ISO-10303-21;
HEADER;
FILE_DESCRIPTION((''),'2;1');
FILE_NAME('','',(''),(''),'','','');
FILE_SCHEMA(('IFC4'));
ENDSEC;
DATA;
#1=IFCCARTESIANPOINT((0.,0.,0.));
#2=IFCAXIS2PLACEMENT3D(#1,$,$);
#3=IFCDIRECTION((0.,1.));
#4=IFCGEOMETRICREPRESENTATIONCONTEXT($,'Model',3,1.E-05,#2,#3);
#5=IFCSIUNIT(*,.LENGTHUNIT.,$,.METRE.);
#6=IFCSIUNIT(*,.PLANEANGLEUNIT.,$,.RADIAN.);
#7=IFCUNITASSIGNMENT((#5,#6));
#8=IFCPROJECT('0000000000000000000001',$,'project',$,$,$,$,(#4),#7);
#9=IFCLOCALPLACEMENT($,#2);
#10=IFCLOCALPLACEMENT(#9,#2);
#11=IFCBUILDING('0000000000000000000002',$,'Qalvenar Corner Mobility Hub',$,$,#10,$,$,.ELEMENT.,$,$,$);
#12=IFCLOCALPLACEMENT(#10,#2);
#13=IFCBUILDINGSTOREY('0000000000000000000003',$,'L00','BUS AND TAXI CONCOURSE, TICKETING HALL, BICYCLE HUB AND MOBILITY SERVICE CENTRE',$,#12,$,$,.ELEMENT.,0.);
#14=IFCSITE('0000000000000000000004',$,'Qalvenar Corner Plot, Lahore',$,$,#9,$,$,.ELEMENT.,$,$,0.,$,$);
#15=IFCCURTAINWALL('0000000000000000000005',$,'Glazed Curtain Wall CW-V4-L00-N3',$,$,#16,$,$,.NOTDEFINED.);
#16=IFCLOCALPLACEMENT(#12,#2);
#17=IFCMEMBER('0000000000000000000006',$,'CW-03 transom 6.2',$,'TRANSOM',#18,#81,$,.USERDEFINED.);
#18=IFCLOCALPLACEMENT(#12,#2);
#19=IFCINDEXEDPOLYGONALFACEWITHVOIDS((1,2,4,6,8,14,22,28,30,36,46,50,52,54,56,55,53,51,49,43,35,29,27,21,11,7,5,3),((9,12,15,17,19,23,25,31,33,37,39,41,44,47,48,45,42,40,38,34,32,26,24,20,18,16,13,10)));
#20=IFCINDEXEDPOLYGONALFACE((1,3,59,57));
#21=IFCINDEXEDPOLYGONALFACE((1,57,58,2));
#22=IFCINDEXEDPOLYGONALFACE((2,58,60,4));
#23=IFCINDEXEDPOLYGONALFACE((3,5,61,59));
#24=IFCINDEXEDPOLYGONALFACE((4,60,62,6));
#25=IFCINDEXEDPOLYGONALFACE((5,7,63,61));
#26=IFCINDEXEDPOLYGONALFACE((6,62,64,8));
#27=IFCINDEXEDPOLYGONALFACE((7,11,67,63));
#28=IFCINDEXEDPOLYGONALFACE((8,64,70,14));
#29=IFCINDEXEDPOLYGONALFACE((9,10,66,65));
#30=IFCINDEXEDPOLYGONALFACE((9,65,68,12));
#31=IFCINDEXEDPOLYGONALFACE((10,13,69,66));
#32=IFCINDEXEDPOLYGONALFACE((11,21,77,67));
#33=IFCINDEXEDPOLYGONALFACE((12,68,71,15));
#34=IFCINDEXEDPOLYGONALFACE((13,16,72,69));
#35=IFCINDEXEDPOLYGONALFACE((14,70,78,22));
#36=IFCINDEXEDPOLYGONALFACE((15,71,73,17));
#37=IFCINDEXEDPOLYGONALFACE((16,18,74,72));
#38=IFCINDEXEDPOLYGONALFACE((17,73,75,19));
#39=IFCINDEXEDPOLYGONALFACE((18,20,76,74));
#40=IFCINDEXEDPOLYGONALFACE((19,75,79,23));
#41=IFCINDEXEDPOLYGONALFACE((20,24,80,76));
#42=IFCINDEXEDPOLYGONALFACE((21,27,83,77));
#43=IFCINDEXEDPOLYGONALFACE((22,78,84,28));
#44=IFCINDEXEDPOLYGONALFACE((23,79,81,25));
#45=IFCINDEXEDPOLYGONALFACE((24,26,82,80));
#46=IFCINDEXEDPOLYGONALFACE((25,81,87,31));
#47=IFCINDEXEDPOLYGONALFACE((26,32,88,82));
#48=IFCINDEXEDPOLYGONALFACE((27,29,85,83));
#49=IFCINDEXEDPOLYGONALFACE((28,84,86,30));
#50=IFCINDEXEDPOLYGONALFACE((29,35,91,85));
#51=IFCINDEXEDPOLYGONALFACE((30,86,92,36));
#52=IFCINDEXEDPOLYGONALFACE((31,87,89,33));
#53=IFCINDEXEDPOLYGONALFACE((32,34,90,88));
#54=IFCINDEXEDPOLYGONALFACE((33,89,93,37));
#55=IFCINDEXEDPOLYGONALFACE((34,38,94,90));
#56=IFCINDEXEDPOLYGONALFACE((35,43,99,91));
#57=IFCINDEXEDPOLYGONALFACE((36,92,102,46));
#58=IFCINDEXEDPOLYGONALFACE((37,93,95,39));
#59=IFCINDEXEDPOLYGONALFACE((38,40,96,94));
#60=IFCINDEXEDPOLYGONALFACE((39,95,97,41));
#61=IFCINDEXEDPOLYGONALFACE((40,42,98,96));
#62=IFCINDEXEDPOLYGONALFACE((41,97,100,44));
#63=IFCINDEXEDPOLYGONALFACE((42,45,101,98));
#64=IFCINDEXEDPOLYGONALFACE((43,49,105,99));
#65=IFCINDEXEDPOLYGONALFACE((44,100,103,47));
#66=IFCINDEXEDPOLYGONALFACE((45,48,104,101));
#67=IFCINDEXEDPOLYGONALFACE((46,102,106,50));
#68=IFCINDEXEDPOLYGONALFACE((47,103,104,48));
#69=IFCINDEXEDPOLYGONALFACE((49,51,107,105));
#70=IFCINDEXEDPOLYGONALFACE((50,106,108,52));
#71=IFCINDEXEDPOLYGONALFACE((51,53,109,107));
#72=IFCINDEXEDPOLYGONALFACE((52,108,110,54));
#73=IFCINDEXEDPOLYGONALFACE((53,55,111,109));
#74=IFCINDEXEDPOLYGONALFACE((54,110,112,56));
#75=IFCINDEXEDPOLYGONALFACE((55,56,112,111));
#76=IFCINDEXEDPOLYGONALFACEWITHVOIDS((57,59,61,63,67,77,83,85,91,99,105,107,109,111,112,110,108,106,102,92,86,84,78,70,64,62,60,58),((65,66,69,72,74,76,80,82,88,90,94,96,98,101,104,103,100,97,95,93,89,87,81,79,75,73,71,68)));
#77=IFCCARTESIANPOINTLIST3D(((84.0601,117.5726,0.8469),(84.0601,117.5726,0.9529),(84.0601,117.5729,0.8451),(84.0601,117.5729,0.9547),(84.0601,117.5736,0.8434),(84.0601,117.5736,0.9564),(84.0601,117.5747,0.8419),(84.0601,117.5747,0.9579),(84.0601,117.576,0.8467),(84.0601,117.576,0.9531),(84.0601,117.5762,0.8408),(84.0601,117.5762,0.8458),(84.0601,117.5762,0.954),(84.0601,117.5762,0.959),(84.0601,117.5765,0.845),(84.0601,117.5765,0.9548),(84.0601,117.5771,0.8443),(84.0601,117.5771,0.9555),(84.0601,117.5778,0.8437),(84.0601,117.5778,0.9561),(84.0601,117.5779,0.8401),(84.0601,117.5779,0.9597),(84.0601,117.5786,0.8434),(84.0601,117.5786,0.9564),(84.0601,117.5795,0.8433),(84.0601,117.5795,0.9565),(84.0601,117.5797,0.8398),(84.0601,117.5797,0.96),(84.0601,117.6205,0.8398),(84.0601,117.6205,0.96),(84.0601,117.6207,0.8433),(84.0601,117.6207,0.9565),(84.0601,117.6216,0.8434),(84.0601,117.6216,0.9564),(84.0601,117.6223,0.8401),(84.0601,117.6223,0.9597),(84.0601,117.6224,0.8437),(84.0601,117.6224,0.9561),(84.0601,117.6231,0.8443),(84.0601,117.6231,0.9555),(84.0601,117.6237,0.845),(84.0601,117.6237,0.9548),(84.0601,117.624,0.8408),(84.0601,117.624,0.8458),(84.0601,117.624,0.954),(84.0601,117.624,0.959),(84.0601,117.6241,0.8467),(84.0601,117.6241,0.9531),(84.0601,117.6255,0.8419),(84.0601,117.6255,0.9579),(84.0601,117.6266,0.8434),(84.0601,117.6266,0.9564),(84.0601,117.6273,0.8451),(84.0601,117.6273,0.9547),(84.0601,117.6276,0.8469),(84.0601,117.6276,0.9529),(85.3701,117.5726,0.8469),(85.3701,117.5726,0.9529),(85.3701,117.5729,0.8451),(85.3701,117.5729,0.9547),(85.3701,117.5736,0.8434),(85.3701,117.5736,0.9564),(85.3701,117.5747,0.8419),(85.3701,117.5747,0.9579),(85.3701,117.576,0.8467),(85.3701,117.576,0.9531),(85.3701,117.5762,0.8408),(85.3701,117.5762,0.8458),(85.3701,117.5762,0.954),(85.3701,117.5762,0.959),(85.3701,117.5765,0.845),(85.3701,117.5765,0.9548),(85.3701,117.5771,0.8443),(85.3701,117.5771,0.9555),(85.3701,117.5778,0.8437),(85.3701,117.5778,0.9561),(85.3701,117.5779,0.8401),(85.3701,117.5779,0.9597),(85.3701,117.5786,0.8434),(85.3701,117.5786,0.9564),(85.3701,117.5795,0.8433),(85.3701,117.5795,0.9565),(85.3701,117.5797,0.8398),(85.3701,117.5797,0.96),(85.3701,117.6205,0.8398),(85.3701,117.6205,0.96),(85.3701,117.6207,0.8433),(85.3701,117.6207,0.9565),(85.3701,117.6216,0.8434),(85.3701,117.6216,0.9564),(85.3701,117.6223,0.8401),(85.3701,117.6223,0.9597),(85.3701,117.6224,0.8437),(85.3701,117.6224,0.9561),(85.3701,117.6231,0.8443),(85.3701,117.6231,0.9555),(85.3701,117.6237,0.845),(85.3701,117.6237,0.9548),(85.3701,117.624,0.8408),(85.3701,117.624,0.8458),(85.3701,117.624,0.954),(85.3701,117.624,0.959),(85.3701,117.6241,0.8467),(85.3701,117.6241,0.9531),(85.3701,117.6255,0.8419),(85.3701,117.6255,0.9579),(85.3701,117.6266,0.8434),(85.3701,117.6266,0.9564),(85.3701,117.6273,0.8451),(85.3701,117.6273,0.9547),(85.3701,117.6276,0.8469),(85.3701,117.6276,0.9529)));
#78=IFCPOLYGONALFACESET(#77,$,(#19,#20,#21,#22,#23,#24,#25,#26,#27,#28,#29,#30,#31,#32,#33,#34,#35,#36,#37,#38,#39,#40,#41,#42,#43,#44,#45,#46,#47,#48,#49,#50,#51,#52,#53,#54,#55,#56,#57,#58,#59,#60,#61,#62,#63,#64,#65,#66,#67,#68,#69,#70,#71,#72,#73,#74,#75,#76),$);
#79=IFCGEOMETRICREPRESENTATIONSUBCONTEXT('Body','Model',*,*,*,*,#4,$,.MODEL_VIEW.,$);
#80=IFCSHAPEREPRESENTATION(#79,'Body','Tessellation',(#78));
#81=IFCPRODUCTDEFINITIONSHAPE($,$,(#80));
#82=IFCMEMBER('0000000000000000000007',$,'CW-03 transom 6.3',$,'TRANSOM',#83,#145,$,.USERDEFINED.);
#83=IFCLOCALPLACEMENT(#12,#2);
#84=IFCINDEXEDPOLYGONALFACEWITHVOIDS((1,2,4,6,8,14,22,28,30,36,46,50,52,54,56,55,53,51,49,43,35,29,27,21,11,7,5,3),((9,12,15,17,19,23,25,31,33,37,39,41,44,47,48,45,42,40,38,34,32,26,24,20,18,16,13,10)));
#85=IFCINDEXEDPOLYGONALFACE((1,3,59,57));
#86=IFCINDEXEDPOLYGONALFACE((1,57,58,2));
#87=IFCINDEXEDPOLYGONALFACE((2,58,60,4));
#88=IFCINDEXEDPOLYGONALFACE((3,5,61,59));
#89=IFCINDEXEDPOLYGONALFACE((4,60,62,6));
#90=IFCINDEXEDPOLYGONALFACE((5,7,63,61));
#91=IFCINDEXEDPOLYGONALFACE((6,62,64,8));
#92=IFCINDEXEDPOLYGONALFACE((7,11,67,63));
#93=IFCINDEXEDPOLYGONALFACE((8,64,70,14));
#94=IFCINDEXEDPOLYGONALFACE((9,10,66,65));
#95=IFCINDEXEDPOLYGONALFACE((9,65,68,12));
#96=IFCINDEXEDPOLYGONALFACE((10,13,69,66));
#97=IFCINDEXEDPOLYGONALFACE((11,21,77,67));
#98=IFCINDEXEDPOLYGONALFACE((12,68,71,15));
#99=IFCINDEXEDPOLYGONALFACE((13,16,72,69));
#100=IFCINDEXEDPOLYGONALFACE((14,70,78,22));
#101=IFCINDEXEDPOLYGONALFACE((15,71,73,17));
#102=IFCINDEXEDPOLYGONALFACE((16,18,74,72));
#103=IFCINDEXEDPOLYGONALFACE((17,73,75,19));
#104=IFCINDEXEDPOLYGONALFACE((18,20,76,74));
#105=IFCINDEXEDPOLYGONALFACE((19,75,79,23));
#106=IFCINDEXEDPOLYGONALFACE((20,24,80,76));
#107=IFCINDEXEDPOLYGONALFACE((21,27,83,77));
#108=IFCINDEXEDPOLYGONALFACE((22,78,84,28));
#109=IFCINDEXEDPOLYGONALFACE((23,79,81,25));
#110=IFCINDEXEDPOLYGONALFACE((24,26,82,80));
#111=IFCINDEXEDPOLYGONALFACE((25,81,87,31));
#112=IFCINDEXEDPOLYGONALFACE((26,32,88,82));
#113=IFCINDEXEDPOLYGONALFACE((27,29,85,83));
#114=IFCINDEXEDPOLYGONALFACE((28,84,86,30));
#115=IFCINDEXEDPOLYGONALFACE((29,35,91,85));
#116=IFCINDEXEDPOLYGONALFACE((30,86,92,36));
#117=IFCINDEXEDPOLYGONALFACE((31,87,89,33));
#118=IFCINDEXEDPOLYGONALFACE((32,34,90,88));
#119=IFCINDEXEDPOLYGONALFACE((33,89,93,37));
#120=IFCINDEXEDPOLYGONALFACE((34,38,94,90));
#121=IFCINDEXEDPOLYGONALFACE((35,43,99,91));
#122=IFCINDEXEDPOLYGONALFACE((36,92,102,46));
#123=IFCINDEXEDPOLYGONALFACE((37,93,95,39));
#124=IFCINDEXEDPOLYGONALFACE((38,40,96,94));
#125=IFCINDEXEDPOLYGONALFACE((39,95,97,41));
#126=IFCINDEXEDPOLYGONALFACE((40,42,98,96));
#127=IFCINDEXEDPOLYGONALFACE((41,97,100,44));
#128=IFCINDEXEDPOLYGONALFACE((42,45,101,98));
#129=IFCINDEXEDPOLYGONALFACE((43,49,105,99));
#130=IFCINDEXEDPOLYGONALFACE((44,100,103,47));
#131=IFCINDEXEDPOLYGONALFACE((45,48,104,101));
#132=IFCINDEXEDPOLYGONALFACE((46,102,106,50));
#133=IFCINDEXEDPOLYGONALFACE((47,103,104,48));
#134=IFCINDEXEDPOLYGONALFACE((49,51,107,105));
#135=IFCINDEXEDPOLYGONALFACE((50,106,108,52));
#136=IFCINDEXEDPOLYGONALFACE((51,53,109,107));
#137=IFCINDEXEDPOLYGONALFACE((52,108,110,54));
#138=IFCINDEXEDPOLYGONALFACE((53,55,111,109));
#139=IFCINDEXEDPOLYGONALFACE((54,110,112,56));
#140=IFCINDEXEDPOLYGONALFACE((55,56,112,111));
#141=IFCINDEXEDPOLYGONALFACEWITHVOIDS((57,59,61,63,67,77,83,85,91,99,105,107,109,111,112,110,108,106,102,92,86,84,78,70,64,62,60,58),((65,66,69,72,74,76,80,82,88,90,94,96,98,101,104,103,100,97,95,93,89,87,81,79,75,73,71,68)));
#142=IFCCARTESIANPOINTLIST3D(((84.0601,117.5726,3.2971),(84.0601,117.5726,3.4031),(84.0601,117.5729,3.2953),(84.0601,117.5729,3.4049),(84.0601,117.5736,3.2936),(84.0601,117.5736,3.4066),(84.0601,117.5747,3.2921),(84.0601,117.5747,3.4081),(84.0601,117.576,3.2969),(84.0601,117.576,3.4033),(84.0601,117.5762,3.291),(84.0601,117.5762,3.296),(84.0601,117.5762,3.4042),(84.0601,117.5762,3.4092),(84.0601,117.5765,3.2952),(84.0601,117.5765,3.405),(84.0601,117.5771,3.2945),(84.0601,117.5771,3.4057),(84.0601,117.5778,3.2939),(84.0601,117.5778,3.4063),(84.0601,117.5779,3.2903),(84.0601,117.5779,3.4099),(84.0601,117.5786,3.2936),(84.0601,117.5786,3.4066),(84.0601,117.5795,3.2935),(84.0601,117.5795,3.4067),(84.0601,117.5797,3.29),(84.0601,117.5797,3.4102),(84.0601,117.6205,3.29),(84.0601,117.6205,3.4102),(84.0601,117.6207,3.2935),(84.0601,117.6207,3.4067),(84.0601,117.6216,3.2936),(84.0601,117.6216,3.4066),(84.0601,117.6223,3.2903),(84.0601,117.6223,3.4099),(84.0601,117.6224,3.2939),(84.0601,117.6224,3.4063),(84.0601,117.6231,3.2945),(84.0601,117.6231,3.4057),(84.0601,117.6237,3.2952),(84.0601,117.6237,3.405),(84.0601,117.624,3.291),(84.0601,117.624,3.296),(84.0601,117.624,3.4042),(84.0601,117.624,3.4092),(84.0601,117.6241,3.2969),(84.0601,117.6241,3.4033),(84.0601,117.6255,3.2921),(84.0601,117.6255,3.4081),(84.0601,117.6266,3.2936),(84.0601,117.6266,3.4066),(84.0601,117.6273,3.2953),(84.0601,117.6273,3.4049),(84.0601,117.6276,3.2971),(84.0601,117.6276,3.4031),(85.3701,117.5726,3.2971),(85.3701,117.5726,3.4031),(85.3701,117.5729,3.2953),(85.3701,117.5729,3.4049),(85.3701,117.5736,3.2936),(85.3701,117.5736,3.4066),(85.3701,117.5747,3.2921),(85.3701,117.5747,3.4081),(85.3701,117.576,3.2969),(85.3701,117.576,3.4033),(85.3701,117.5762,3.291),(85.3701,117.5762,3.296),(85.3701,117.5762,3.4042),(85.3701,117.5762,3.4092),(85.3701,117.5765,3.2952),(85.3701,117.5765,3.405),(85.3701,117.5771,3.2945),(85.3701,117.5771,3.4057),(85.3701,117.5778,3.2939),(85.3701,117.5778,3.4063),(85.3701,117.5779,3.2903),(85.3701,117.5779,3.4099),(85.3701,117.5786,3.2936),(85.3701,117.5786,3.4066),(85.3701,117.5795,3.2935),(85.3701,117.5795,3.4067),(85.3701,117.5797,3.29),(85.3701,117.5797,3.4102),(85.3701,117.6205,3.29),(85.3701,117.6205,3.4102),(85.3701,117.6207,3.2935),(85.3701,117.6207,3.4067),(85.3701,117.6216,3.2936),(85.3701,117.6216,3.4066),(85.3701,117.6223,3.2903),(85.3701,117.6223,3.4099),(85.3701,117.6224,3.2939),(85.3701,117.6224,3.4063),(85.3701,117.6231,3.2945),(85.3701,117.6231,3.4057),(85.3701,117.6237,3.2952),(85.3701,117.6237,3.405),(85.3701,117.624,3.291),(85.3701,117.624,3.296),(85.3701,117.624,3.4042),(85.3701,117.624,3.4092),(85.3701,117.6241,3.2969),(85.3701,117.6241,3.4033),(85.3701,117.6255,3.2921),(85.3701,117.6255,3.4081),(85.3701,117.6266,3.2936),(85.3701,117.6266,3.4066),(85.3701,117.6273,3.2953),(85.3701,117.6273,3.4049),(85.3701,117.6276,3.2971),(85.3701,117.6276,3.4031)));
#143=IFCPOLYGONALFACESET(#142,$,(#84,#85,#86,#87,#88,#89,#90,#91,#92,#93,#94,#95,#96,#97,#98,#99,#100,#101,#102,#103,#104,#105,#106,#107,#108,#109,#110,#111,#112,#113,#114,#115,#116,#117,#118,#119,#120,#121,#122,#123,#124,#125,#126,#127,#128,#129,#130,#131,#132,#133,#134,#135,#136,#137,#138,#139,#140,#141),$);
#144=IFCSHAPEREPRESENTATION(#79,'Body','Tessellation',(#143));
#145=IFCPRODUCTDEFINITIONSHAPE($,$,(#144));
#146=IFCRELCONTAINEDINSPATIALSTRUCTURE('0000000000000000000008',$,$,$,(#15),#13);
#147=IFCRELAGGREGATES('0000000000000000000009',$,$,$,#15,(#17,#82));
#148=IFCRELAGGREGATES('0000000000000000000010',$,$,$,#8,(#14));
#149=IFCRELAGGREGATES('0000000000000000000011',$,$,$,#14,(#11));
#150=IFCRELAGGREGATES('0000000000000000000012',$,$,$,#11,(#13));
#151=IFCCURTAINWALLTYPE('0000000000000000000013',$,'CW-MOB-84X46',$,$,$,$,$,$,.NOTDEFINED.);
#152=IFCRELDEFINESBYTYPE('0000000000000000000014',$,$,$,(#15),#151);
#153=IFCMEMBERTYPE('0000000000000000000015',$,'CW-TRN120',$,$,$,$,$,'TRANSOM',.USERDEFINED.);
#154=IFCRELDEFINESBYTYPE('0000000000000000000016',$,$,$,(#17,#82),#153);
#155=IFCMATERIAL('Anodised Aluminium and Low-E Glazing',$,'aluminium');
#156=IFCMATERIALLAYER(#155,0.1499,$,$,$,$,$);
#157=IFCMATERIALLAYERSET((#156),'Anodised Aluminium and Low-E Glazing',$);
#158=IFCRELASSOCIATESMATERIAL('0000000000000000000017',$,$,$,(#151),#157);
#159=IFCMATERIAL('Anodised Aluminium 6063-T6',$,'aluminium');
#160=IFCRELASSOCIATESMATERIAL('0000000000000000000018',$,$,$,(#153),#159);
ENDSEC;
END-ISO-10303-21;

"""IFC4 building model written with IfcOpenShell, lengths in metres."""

from ifc_helpers import new_model, si_unit, direction, frame, origin, origin_2d, place, context, subcontext, project, spatial, hollow_rectangle, extrude, material, layer, layer_set, material_profile, profile_set, type_object, element, aggregate, save


model = new_model("IFC4")

# Units and contexts
model_context = context("Model", 3, precision=1e-05, world=origin(), true_north=direction((0.0, 1.0)))
body_context = subcontext(model_context, "Body", "Model", "MODEL_VIEW")
ifc_project = project(units=[si_unit("LENGTHUNIT", "METRE"), si_unit("PLANEANGLEUNIT", "RADIAN")], contexts=[model_context])

# Site, building, storey
site_placement = place(None, origin())
site = spatial("IfcSite", under=ifc_project, at=site_placement, Name="Qalvenar Corner Plot, Lahore", CompositionType="ELEMENT", RefElevation=0.0)
building_placement = place(site_placement, origin())
building = spatial("IfcBuilding", under=site, at=building_placement, Name="Qalvenar Corner Mobility Hub", CompositionType="ELEMENT")
storey_placement = place(building_placement, origin())
storey = spatial("IfcBuildingStorey", under=building, at=storey_placement, Name="L00", Description="BUS AND TAXI CONCOURSE, TICKETING HALL, BICYCLE HUB AND MOBILITY SERVICE CENTRE", CompositionType="ELEMENT", Elevation=0.0)

# Curtain wall
ifc_material_1 = material(Name="Anodised Aluminium and Low-E Glazing", Category="aluminium")
ifc_layer_1 = layer(ifc_material_1, 0.1499)
ifc_layer_set_1 = layer_set([ifc_layer_1], Name="Anodised Aluminium and Low-E Glazing")
curtain_wall_type = type_object("IfcCurtainWallType", Name="CW-MOB-84X46", PredefinedType="NOTDEFINED", material=ifc_layer_set_1)
ifc_material_2 = material(Name="Anodised Aluminium 6063-T6", Category="aluminium")
curtain_wall_1_placement = place(storey_placement, origin())
curtain_wall_1 = element("IfcCurtainWall", 1, at=curtain_wall_1_placement, inside=storey, type_object=curtain_wall_type, Name="Glazed Curtain Wall CW-V4-L00-N3", PredefinedType="NOTDEFINED")

# Members
ifc_material_profile_1 = material_profile(ifc_material_2, hollow_rectangle(XDim=0.0549, YDim=0.1201, WallThickness=0.0034, InnerFilletRadius=0.0034, OuterFilletRadius=0.0071, at=origin_2d()), Name="RHS120x55x3.5")
ifc_profile_set_1 = profile_set([ifc_material_profile_1], Name="Anodised Aluminium 6063-T6")
member_type_1 = type_object("IfcMemberType", Name="CW-TRN120", ElementType="TRANSOM", PredefinedType="USERDEFINED", material=ifc_profile_set_1)
member_1_placement = place(storey_placement, frame((85.3701, 117.6001, 0.8999), z_axis=(-1.0, 0.0, 0.0), x_axis=(0.0, -1.0, 0.0)))
member_1 = element("IfcMember", 2, at=member_1_placement, type_object=member_type_1, Name="CW-03 transom 6.2", ObjectType="TRANSOM", PredefinedType="USERDEFINED", context=body_context, shape_type="SweptSolid", body=[
    extrude(hollow_rectangle(XDim=0.0549, YDim=0.1201, WallThickness=0.0034, InnerFilletRadius=0.0034, OuterFilletRadius=0.0071, at=origin_2d()), origin(), (0.0, 0.0, 1.0), 1.3101),
])
member_2_placement = place(storey_placement, frame((85.3701, 117.6001, 3.3501), z_axis=(-1.0, 0.0, 0.0), x_axis=(0.0, -1.0, 0.0)))
member_2 = element("IfcMember", 3, at=member_2_placement, type_object=member_type_1, Name="CW-03 transom 6.3", ObjectType="TRANSOM", PredefinedType="USERDEFINED", context=body_context, shape_type="SweptSolid", body=[
    extrude(hollow_rectangle(XDim=0.0549, YDim=0.1201, WallThickness=0.0034, InnerFilletRadius=0.0034, OuterFilletRadius=0.0071, at=origin_2d()), origin(), (0.0, 0.0, 1.0), 1.3101),
])

aggregate(curtain_wall_1, [member_1, member_2])

save(model, "model.ifc")
